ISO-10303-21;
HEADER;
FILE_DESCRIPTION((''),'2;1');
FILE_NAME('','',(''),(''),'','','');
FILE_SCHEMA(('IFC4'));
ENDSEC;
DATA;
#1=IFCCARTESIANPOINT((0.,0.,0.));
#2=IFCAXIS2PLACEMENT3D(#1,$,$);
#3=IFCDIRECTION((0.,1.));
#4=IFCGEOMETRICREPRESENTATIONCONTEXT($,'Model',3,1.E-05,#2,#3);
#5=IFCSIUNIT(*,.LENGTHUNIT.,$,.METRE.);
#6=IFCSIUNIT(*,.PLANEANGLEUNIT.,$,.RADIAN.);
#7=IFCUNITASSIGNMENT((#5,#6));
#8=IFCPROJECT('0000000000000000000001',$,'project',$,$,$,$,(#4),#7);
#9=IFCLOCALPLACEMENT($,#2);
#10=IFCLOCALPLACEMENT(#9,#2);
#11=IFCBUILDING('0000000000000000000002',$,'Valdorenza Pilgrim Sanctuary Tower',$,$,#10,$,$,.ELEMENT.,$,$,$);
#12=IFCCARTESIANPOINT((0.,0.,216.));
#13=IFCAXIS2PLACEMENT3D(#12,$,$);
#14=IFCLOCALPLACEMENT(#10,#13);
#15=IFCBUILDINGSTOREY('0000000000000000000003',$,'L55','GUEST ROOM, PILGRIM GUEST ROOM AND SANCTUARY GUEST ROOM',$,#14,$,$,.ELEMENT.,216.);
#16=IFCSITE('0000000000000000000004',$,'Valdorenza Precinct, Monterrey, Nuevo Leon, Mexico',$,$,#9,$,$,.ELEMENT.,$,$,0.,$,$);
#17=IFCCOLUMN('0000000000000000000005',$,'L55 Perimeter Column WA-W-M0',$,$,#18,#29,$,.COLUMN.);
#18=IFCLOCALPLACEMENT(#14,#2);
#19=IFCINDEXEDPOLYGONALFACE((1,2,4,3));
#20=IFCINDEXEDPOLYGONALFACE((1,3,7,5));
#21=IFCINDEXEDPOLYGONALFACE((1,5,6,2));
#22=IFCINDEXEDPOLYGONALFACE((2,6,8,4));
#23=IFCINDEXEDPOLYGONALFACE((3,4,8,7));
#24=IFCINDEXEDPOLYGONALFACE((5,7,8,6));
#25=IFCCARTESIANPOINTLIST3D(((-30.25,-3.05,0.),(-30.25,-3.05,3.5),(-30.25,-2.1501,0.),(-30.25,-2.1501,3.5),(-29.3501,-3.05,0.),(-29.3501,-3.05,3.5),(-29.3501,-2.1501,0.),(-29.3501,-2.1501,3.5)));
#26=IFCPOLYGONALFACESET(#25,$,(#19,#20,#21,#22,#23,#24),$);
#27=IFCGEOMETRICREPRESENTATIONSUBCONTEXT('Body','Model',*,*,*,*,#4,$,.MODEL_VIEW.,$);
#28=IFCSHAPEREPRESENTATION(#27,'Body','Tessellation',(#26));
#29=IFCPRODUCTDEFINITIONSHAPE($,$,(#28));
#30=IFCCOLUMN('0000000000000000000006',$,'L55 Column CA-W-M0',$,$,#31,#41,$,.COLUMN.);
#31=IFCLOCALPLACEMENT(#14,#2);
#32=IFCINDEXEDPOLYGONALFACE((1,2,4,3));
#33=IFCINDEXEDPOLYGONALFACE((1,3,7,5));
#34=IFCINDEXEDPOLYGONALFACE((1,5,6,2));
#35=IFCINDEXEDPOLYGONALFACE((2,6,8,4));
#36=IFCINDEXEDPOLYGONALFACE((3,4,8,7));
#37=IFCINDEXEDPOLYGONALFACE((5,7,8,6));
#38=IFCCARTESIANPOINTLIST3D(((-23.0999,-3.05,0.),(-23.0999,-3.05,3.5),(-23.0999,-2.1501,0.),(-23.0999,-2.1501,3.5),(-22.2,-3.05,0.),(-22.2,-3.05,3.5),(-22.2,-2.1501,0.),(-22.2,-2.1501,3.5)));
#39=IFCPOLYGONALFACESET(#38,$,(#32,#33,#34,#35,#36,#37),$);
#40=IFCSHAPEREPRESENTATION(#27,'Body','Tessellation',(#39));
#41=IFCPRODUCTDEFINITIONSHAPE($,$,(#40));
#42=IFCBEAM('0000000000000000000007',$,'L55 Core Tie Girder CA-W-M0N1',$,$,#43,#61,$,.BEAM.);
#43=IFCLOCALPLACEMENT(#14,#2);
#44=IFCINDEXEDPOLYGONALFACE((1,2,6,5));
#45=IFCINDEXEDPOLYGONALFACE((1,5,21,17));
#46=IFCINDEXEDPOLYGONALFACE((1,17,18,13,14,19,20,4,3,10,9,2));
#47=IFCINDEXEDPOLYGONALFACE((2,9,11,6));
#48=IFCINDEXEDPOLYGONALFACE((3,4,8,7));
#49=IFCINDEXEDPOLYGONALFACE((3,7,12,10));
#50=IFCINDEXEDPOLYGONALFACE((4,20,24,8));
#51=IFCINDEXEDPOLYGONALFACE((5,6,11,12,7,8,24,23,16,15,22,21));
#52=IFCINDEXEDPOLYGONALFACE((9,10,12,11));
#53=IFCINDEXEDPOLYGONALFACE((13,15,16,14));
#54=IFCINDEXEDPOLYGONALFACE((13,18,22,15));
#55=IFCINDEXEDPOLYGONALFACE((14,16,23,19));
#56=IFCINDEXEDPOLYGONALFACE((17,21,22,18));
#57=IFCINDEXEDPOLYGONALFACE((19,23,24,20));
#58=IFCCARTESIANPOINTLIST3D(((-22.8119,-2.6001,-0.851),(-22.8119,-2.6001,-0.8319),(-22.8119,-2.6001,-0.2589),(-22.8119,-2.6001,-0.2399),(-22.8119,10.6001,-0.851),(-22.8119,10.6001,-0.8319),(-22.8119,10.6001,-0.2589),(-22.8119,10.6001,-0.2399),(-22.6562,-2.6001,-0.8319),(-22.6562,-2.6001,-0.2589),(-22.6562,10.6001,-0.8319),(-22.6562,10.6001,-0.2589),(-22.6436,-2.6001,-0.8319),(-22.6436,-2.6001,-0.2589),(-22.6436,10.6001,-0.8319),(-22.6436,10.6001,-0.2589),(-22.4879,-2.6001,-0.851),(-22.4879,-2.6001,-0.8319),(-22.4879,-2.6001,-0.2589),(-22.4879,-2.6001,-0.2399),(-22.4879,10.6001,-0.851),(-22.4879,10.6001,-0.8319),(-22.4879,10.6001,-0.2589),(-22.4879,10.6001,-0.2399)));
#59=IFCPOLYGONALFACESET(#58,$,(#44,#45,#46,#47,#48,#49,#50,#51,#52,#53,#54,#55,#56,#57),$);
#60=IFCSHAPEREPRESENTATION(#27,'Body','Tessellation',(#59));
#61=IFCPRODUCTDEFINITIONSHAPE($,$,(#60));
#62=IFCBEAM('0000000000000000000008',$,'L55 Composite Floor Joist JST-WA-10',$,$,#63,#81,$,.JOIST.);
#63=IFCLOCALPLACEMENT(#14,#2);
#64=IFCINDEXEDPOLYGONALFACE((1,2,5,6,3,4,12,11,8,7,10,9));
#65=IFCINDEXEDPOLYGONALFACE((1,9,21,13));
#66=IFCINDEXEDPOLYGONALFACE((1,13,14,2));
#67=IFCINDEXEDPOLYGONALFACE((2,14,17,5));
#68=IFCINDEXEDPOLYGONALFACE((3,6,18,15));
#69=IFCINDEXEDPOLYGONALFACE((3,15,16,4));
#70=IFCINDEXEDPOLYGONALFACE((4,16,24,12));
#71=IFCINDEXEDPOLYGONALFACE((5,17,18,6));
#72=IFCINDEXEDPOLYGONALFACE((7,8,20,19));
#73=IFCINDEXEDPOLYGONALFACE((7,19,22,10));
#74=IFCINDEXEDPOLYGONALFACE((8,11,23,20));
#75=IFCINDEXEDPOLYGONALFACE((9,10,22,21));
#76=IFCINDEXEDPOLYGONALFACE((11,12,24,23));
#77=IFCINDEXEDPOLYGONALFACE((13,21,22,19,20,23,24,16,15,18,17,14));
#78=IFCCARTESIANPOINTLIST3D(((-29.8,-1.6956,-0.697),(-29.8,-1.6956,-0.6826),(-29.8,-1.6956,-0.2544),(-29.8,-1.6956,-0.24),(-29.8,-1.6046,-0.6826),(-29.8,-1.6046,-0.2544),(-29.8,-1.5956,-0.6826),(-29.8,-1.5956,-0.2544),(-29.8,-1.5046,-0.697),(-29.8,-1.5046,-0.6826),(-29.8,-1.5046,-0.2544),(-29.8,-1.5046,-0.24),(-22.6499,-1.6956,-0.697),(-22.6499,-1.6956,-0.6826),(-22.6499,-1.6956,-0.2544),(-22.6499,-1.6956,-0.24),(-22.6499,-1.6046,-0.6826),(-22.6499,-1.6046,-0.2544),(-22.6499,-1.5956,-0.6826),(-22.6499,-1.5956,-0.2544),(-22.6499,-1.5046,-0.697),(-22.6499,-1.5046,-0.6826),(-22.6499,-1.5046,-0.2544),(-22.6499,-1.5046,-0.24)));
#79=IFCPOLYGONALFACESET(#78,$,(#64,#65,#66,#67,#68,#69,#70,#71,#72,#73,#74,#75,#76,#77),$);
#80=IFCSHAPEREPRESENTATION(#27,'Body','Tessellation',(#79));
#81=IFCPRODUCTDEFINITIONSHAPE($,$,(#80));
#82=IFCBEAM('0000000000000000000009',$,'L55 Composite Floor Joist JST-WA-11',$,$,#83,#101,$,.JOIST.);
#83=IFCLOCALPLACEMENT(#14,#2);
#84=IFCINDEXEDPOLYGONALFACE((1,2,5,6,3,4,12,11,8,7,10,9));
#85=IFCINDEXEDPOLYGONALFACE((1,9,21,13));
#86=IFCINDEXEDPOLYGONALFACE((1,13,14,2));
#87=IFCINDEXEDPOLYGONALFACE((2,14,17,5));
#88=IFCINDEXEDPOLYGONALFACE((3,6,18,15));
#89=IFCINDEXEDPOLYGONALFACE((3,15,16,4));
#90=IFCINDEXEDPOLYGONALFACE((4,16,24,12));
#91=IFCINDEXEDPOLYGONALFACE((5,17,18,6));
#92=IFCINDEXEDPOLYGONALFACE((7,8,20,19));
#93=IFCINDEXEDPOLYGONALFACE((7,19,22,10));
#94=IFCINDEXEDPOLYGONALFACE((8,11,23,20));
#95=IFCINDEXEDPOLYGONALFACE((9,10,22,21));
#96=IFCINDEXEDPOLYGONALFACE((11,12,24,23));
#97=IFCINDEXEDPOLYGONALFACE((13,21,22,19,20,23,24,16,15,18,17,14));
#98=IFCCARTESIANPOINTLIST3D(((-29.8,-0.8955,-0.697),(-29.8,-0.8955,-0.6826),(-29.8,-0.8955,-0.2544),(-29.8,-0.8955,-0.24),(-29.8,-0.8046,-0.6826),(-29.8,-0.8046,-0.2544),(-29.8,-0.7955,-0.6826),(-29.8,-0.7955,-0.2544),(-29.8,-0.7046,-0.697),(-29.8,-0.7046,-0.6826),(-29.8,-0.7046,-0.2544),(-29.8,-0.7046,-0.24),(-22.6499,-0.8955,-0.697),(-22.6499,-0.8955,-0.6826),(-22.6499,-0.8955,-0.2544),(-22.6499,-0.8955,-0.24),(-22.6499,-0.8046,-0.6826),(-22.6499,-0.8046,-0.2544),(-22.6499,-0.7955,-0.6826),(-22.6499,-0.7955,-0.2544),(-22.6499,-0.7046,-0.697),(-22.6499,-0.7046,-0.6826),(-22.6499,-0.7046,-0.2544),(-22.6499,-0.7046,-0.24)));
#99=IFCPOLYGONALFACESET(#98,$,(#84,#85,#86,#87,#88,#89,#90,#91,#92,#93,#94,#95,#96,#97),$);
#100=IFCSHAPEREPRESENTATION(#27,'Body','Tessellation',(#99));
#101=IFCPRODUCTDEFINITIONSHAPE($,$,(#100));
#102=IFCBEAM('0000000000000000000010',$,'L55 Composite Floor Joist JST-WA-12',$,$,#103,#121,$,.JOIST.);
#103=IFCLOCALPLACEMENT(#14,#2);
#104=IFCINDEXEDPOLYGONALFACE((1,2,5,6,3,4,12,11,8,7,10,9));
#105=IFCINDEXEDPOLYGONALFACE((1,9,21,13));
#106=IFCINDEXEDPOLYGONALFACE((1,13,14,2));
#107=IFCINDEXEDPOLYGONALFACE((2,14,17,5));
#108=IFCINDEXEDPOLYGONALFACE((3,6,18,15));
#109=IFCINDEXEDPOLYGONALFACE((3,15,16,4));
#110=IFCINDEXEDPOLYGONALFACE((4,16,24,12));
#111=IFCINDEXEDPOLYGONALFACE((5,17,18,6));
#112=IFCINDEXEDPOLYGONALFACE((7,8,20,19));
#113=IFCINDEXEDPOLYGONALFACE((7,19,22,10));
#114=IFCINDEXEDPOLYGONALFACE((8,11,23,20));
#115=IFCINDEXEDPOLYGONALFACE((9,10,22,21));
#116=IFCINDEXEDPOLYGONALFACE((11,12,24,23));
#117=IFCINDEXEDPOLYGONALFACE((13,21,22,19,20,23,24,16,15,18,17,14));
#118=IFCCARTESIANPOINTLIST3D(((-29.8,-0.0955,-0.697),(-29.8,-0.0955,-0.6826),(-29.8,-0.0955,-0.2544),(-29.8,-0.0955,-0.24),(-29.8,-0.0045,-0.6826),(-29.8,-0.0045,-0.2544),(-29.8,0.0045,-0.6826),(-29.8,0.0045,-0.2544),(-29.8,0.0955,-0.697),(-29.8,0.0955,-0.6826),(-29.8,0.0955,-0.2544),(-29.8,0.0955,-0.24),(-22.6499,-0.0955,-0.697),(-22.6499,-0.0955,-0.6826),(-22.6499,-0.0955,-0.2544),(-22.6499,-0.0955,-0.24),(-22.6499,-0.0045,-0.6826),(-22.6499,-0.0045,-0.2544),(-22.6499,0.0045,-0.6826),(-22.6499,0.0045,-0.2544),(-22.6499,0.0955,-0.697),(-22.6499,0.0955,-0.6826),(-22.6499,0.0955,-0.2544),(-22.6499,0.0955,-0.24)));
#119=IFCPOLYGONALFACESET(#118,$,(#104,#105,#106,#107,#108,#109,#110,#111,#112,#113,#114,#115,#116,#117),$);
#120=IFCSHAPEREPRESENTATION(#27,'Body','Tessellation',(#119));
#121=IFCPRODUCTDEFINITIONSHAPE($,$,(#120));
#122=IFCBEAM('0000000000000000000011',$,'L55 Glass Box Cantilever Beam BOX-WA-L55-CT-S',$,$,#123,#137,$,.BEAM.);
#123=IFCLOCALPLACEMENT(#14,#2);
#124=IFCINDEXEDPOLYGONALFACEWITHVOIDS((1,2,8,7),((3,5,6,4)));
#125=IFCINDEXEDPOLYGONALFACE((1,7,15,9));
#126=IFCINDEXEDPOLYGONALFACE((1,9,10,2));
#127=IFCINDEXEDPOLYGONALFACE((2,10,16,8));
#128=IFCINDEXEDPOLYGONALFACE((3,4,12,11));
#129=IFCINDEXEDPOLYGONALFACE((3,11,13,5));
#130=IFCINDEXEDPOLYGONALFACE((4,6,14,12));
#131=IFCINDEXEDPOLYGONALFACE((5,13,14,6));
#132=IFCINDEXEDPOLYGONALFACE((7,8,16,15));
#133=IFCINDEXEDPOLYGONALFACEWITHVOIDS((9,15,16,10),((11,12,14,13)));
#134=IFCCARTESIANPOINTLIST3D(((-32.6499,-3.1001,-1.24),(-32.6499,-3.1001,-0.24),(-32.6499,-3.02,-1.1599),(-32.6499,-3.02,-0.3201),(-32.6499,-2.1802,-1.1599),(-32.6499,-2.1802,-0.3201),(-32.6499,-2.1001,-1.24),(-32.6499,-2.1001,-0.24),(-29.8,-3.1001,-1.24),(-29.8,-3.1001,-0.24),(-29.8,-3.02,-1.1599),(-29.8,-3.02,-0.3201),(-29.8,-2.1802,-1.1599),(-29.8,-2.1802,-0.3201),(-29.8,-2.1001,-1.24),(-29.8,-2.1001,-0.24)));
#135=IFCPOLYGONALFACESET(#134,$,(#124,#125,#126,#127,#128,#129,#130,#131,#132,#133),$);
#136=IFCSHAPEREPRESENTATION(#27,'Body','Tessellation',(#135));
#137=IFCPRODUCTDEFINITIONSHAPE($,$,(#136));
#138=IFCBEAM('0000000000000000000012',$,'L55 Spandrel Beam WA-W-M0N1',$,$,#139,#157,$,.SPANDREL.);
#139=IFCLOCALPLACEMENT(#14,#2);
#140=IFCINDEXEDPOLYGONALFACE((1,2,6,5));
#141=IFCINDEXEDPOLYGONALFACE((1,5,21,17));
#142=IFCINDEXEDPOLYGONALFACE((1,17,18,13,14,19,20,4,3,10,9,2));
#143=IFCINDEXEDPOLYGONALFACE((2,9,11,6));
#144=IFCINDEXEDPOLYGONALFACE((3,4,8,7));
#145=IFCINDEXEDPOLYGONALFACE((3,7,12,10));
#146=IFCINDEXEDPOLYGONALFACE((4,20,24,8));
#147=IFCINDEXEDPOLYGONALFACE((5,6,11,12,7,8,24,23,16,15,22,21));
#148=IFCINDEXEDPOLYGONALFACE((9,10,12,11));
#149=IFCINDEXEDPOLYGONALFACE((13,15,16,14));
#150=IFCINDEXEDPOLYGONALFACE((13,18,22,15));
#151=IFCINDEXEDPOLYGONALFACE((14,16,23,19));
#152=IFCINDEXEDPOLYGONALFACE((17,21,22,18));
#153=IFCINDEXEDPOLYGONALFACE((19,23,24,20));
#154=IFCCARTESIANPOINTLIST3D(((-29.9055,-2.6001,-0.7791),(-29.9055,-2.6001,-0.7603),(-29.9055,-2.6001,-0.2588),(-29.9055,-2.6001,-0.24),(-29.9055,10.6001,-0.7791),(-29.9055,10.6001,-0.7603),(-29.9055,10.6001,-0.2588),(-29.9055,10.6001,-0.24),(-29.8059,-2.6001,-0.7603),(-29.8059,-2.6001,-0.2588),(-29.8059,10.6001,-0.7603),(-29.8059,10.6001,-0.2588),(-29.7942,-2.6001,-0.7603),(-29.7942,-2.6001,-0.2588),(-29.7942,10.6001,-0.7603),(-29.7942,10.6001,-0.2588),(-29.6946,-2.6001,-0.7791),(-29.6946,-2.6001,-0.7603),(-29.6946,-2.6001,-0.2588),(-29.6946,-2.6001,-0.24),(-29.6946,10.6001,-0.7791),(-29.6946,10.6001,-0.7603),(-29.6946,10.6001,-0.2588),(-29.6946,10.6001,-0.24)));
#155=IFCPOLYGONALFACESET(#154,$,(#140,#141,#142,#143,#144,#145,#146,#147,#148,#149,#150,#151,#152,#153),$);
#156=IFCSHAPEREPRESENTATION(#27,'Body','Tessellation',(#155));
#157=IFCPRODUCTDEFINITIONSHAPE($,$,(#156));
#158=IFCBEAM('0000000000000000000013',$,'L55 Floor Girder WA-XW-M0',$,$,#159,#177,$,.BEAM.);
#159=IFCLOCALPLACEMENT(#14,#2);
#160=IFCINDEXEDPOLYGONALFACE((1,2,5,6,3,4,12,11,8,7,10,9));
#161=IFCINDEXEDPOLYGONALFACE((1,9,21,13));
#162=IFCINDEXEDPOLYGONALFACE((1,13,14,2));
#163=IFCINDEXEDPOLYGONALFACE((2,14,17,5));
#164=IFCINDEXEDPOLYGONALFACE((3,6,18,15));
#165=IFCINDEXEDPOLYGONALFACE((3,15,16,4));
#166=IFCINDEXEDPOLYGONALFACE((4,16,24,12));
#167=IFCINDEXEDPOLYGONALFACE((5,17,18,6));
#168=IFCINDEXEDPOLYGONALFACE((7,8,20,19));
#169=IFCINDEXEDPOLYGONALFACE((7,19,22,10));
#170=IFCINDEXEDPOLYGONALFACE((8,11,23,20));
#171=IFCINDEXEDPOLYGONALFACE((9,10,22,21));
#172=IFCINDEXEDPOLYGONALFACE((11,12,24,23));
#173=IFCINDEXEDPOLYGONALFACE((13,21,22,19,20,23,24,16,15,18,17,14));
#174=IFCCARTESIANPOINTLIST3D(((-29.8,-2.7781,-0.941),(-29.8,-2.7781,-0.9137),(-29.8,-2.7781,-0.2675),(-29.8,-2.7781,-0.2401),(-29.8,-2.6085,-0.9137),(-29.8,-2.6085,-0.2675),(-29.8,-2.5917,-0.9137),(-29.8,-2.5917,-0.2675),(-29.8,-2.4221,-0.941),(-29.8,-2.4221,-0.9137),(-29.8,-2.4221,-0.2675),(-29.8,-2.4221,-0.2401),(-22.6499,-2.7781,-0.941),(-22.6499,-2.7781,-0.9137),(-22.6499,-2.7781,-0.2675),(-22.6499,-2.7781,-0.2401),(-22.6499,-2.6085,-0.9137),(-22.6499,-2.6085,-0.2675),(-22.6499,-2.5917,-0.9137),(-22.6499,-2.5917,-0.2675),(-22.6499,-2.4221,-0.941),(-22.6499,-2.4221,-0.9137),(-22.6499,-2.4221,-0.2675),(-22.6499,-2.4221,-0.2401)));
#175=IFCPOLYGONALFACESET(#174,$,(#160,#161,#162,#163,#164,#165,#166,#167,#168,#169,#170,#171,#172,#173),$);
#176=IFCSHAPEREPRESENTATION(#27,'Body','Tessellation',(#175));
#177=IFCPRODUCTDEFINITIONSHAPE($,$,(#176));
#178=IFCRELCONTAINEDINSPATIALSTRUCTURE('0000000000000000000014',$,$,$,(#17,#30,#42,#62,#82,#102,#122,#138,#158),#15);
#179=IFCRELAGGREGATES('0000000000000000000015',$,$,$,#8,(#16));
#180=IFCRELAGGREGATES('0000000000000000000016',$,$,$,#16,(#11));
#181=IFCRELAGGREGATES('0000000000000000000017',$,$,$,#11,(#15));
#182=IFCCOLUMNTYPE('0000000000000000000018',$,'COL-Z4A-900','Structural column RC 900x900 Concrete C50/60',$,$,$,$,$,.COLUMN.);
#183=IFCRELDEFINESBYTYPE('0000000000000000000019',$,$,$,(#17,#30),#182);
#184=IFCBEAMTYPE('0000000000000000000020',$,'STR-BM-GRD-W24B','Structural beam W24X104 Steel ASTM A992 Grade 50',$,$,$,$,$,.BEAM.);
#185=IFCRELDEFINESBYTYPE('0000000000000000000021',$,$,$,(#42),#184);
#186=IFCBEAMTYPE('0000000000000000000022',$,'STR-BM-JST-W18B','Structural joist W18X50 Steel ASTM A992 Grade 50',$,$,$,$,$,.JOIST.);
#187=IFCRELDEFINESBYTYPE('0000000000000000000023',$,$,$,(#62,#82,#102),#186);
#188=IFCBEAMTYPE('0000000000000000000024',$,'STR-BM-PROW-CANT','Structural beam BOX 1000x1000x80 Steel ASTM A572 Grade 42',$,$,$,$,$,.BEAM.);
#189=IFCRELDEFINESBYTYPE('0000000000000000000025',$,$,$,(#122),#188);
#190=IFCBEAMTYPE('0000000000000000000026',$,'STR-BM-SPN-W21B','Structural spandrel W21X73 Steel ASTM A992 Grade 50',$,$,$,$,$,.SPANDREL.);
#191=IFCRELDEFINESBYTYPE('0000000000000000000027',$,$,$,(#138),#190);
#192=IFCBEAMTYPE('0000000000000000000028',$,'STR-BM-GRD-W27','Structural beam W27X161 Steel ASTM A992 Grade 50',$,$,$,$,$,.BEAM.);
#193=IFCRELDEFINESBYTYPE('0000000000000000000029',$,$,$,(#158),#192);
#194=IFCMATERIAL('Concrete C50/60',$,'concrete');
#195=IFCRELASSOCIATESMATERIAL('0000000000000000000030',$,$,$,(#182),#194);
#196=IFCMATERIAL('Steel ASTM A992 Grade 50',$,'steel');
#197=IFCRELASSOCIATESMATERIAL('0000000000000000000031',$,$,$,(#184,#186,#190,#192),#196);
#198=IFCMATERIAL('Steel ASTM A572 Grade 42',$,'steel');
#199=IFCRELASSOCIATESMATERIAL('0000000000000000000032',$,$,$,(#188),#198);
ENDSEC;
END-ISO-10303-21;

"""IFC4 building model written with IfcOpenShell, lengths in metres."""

from ifc_helpers import new_model, si_unit, direction, frame, origin, origin_2d, place, context, subcontext, project, spatial, rectangle, hollow_rectangle, i_section, extrude, source, transform, mapped, material, material_profile, profile_set, type_object, element, save


model = new_model("IFC4")

# Units and contexts
model_context = context("Model", 3, precision=1e-05, world=origin(), true_north=direction((0.0, 1.0)))
body_context = subcontext(model_context, "Body", "Model", "MODEL_VIEW")
ifc_project = project(units=[si_unit("LENGTHUNIT", "METRE"), si_unit("PLANEANGLEUNIT", "RADIAN")], contexts=[model_context])

# Site, building, storey
site_placement = place(None, origin())
site = spatial("IfcSite", under=ifc_project, at=site_placement, Name="Valdorenza Precinct, Monterrey, Nuevo Leon, Mexico", CompositionType="ELEMENT", RefElevation=0.0)
building_placement = place(site_placement, origin())
building = spatial("IfcBuilding", under=site, at=building_placement, Name="Valdorenza Pilgrim Sanctuary Tower", CompositionType="ELEMENT")
storey_placement = place(building_placement, frame((0.0, 0.0, 216.0)))
storey = spatial("IfcBuildingStorey", under=building, at=storey_placement, Name="L55", Description="GUEST ROOM, PILGRIM GUEST ROOM AND SANCTUARY GUEST ROOM", CompositionType="ELEMENT", Elevation=216.0)

# Columns
ifc_material_1 = material(Name="Concrete C50/60", Category="concrete")
ifc_material_profile_1 = material_profile(ifc_material_1, rectangle(XDim=0.8999, YDim=0.8999, at=origin_2d()), Name="RC 900x900")
ifc_profile_set_1 = profile_set([ifc_material_profile_1], Name="Concrete C50/60")
column_type = type_object("IfcColumnType", Name="COL-Z4A-900", Description="Structural column RC 900x900 Concrete C50/60", PredefinedType="COLUMN", material=ifc_profile_set_1)
shared_shape_1 = source(origin(), body_context, "Body", "SweptSolid", [
    extrude(rectangle(XDim=0.8999, YDim=0.8999, at=origin_2d()), origin(), (0.0, 0.0, 1.0), 3.5),
])
for number, where, z_axis, x_axis, name in (
    (1, (-29.8, -2.6001, 0.0), (0.0, 0.0, 1.0), (1.0, 0.0, 0.0), "L55 Perimeter Column WA-W-M0"),
    (2, (-22.6499, -2.6001, 0.0), (0.0, 0.0, 1.0), (1.0, 0.0, 0.0), "L55 Column CA-W-M0"),
):
    element("IfcColumn", number, at=place(storey_placement, frame(where, z_axis=z_axis, x_axis=x_axis)), inside=storey, type_object=column_type, Name=name, PredefinedType="COLUMN", context=body_context, shape_type="MappedRepresentation", body=[
        mapped(shared_shape_1, transform((0.0, 0.0, 0.0), x_axis=(1.0, 0.0, 0.0), y_axis=(0.0, 1.0, 0.0), z_axis=(0.0, 0.0, 1.0), scale=1.0)),
    ])

# Beams
ifc_material_2 = material(Name="Steel ASTM A992 Grade 50", Category="steel")
ifc_material_profile_2 = material_profile(ifc_material_2, i_section(OverallWidth=0.324, OverallDepth=0.6111, WebThickness=0.0127, FlangeThickness=0.019, at=origin_2d()), Name="W24X104")
ifc_profile_set_2 = profile_set([ifc_material_profile_2], Name="Steel ASTM A992 Grade 50")
beam_type_1 = type_object("IfcBeamType", Name="STR-BM-GRD-W24B", Description="Structural beam W24X104 Steel ASTM A992 Grade 50", PredefinedType="BEAM", material=ifc_profile_set_2)
shared_shape_2 = source(origin(), body_context, "Body", "SweptSolid", [
    extrude(i_section(OverallWidth=0.324, OverallDepth=0.6111, WebThickness=0.0127, FlangeThickness=0.019, at=origin_2d()), origin(), (0.0, 0.0, 1.0), 13.2002),
])
beam_1_placement = place(storey_placement, frame((-22.6499, -2.6001, -0.5454), z_axis=(0.0, 1.0, 0.0), x_axis=(-1.0, 0.0, 0.0)))
element("IfcBeam", 3, at=beam_1_placement, inside=storey, type_object=beam_type_1, Name="L55 Core Tie Girder CA-W-M0N1", PredefinedType="BEAM", context=body_context, shape_type="MappedRepresentation", body=[
    mapped(shared_shape_2, transform((0.0, 0.0, 0.0), x_axis=(1.0, 0.0, 0.0), y_axis=(0.0, 1.0, 0.0), z_axis=(0.0, 0.0, 1.0), scale=1.0)),
])
ifc_material_profile_3 = material_profile(ifc_material_2, i_section(OverallWidth=0.1909, OverallDepth=0.457, WebThickness=0.009, FlangeThickness=0.0144, at=origin_2d()), Name="W18X50")
ifc_profile_set_3 = profile_set([ifc_material_profile_3], Name="Steel ASTM A992 Grade 50")
beam_type_2 = type_object("IfcBeamType", Name="STR-BM-JST-W18B", Description="Structural joist W18X50 Steel ASTM A992 Grade 50", PredefinedType="JOIST", material=ifc_profile_set_3)
shared_shape_3 = source(origin(), body_context, "Body", "SweptSolid", [
    extrude(i_section(OverallWidth=0.1909, OverallDepth=0.457, WebThickness=0.009, FlangeThickness=0.0144, at=origin_2d()), origin(), (0.0, 0.0, 1.0), 7.1501),
])
for number, where, z_axis, x_axis, name in (
    (4, (-29.8, -1.6001, -0.4685), (1.0, 0.0, 0.0), (0.0, 1.0, 0.0), "L55 Composite Floor Joist JST-WA-10"),
    (5, (-29.8, -0.8, -0.4685), (1.0, 0.0, 0.0), (0.0, 1.0, 0.0), "L55 Composite Floor Joist JST-WA-11"),
    (6, (-29.8, 0.0, -0.4685), (1.0, 0.0, 0.0), (0.0, 1.0, 0.0), "L55 Composite Floor Joist JST-WA-12"),
):
    element("IfcBeam", number, at=place(storey_placement, frame(where, z_axis=z_axis, x_axis=x_axis)), inside=storey, type_object=beam_type_2, Name=name, PredefinedType="JOIST", context=body_context, shape_type="MappedRepresentation", body=[
        mapped(shared_shape_3, transform((0.0, 0.0, 0.0), x_axis=(1.0, 0.0, 0.0), y_axis=(0.0, 1.0, 0.0), z_axis=(0.0, 0.0, 1.0), scale=1.0)),
    ])
ifc_material_3 = material(Name="Steel ASTM A572 Grade 42", Category="steel")
ifc_material_profile_4 = material_profile(ifc_material_3, hollow_rectangle(XDim=1.0, YDim=1.0, WallThickness=0.0801, at=origin_2d()), Name="BOX 1000x1000x80")
ifc_profile_set_4 = profile_set([ifc_material_profile_4], Name="Steel ASTM A572 Grade 42")
beam_type_3 = type_object("IfcBeamType", Name="STR-BM-PROW-CANT", Description="Structural beam BOX 1000x1000x80 Steel ASTM A572 Grade 42", PredefinedType="BEAM", material=ifc_profile_set_4)
shared_shape_4 = source(origin(), body_context, "Body", "SweptSolid", [
    extrude(hollow_rectangle(XDim=1.0, YDim=1.0, WallThickness=0.0801, at=origin_2d()), origin(), (0.0, 0.0, 1.0), 2.8499),
])
beam_2_placement = place(storey_placement, frame((-29.8, -2.6001, -0.74), z_axis=(-1.0, 0.0, 0.0), x_axis=(0.0, -1.0, 0.0)))
element("IfcBeam", 7, at=beam_2_placement, inside=storey, type_object=beam_type_3, Name="L55 Glass Box Cantilever Beam BOX-WA-L55-CT-S", PredefinedType="BEAM", context=body_context, shape_type="MappedRepresentation", body=[
    mapped(shared_shape_4, transform((0.0, 0.0, 0.0), x_axis=(1.0, 0.0, 0.0), y_axis=(0.0, 1.0, 0.0), z_axis=(0.0, 0.0, 1.0), scale=1.0)),
])
ifc_material_profile_5 = material_profile(ifc_material_2, i_section(OverallWidth=0.2109, OverallDepth=0.5391, WebThickness=0.0117, FlangeThickness=0.0188, at=origin_2d()), Name="W21X73")
ifc_profile_set_5 = profile_set([ifc_material_profile_5], Name="Steel ASTM A992 Grade 50")
beam_type_4 = type_object("IfcBeamType", Name="STR-BM-SPN-W21B", Description="Structural spandrel W21X73 Steel ASTM A992 Grade 50", PredefinedType="SPANDREL", material=ifc_profile_set_5)
shared_shape_5 = source(origin(), body_context, "Body", "SweptSolid", [
    extrude(i_section(OverallWidth=0.2109, OverallDepth=0.5391, WebThickness=0.0117, FlangeThickness=0.0188, at=origin_2d()), origin(), (0.0, 0.0, 1.0), 13.2002),
])
beam_3_placement = place(storey_placement, frame((-29.8, -2.6001, -0.5095), z_axis=(0.0, 1.0, 0.0), x_axis=(-1.0, 0.0, 0.0)))
element("IfcBeam", 8, at=beam_3_placement, inside=storey, type_object=beam_type_4, Name="L55 Spandrel Beam WA-W-M0N1", PredefinedType="SPANDREL", context=body_context, shape_type="MappedRepresentation", body=[
    mapped(shared_shape_5, transform((0.0, 0.0, 0.0), x_axis=(1.0, 0.0, 0.0), y_axis=(0.0, 1.0, 0.0), z_axis=(0.0, 0.0, 1.0), scale=1.0)),
])
ifc_material_profile_6 = material_profile(ifc_material_2, i_section(OverallWidth=0.356, OverallDepth=0.7009, WebThickness=0.0168, FlangeThickness=0.0273, at=origin_2d()), Name="W27X161")
ifc_profile_set_6 = profile_set([ifc_material_profile_6], Name="Steel ASTM A992 Grade 50")
beam_type_5 = type_object("IfcBeamType", Name="STR-BM-GRD-W27", Description="Structural beam W27X161 Steel ASTM A992 Grade 50", PredefinedType="BEAM", material=ifc_profile_set_6)
shared_shape_6 = source(origin(), body_context, "Body", "SweptSolid", [
    extrude(i_section(OverallWidth=0.356, OverallDepth=0.7009, WebThickness=0.0168, FlangeThickness=0.0273, at=origin_2d()), origin(), (0.0, 0.0, 1.0), 7.1501),
])
beam_4_placement = place(storey_placement, frame((-29.8, -2.6001, -0.5906), z_axis=(1.0, 0.0, 0.0), x_axis=(0.0, 1.0, 0.0)))
element("IfcBeam", 9, at=beam_4_placement, inside=storey, type_object=beam_type_5, Name="L55 Floor Girder WA-XW-M0", PredefinedType="BEAM", context=body_context, shape_type="MappedRepresentation", body=[
    mapped(shared_shape_6, transform((0.0, 0.0, 0.0), x_axis=(1.0, 0.0, 0.0), y_axis=(0.0, 1.0, 0.0), z_axis=(0.0, 0.0, 1.0), scale=1.0)),
])

save(model, "model.ifc")
